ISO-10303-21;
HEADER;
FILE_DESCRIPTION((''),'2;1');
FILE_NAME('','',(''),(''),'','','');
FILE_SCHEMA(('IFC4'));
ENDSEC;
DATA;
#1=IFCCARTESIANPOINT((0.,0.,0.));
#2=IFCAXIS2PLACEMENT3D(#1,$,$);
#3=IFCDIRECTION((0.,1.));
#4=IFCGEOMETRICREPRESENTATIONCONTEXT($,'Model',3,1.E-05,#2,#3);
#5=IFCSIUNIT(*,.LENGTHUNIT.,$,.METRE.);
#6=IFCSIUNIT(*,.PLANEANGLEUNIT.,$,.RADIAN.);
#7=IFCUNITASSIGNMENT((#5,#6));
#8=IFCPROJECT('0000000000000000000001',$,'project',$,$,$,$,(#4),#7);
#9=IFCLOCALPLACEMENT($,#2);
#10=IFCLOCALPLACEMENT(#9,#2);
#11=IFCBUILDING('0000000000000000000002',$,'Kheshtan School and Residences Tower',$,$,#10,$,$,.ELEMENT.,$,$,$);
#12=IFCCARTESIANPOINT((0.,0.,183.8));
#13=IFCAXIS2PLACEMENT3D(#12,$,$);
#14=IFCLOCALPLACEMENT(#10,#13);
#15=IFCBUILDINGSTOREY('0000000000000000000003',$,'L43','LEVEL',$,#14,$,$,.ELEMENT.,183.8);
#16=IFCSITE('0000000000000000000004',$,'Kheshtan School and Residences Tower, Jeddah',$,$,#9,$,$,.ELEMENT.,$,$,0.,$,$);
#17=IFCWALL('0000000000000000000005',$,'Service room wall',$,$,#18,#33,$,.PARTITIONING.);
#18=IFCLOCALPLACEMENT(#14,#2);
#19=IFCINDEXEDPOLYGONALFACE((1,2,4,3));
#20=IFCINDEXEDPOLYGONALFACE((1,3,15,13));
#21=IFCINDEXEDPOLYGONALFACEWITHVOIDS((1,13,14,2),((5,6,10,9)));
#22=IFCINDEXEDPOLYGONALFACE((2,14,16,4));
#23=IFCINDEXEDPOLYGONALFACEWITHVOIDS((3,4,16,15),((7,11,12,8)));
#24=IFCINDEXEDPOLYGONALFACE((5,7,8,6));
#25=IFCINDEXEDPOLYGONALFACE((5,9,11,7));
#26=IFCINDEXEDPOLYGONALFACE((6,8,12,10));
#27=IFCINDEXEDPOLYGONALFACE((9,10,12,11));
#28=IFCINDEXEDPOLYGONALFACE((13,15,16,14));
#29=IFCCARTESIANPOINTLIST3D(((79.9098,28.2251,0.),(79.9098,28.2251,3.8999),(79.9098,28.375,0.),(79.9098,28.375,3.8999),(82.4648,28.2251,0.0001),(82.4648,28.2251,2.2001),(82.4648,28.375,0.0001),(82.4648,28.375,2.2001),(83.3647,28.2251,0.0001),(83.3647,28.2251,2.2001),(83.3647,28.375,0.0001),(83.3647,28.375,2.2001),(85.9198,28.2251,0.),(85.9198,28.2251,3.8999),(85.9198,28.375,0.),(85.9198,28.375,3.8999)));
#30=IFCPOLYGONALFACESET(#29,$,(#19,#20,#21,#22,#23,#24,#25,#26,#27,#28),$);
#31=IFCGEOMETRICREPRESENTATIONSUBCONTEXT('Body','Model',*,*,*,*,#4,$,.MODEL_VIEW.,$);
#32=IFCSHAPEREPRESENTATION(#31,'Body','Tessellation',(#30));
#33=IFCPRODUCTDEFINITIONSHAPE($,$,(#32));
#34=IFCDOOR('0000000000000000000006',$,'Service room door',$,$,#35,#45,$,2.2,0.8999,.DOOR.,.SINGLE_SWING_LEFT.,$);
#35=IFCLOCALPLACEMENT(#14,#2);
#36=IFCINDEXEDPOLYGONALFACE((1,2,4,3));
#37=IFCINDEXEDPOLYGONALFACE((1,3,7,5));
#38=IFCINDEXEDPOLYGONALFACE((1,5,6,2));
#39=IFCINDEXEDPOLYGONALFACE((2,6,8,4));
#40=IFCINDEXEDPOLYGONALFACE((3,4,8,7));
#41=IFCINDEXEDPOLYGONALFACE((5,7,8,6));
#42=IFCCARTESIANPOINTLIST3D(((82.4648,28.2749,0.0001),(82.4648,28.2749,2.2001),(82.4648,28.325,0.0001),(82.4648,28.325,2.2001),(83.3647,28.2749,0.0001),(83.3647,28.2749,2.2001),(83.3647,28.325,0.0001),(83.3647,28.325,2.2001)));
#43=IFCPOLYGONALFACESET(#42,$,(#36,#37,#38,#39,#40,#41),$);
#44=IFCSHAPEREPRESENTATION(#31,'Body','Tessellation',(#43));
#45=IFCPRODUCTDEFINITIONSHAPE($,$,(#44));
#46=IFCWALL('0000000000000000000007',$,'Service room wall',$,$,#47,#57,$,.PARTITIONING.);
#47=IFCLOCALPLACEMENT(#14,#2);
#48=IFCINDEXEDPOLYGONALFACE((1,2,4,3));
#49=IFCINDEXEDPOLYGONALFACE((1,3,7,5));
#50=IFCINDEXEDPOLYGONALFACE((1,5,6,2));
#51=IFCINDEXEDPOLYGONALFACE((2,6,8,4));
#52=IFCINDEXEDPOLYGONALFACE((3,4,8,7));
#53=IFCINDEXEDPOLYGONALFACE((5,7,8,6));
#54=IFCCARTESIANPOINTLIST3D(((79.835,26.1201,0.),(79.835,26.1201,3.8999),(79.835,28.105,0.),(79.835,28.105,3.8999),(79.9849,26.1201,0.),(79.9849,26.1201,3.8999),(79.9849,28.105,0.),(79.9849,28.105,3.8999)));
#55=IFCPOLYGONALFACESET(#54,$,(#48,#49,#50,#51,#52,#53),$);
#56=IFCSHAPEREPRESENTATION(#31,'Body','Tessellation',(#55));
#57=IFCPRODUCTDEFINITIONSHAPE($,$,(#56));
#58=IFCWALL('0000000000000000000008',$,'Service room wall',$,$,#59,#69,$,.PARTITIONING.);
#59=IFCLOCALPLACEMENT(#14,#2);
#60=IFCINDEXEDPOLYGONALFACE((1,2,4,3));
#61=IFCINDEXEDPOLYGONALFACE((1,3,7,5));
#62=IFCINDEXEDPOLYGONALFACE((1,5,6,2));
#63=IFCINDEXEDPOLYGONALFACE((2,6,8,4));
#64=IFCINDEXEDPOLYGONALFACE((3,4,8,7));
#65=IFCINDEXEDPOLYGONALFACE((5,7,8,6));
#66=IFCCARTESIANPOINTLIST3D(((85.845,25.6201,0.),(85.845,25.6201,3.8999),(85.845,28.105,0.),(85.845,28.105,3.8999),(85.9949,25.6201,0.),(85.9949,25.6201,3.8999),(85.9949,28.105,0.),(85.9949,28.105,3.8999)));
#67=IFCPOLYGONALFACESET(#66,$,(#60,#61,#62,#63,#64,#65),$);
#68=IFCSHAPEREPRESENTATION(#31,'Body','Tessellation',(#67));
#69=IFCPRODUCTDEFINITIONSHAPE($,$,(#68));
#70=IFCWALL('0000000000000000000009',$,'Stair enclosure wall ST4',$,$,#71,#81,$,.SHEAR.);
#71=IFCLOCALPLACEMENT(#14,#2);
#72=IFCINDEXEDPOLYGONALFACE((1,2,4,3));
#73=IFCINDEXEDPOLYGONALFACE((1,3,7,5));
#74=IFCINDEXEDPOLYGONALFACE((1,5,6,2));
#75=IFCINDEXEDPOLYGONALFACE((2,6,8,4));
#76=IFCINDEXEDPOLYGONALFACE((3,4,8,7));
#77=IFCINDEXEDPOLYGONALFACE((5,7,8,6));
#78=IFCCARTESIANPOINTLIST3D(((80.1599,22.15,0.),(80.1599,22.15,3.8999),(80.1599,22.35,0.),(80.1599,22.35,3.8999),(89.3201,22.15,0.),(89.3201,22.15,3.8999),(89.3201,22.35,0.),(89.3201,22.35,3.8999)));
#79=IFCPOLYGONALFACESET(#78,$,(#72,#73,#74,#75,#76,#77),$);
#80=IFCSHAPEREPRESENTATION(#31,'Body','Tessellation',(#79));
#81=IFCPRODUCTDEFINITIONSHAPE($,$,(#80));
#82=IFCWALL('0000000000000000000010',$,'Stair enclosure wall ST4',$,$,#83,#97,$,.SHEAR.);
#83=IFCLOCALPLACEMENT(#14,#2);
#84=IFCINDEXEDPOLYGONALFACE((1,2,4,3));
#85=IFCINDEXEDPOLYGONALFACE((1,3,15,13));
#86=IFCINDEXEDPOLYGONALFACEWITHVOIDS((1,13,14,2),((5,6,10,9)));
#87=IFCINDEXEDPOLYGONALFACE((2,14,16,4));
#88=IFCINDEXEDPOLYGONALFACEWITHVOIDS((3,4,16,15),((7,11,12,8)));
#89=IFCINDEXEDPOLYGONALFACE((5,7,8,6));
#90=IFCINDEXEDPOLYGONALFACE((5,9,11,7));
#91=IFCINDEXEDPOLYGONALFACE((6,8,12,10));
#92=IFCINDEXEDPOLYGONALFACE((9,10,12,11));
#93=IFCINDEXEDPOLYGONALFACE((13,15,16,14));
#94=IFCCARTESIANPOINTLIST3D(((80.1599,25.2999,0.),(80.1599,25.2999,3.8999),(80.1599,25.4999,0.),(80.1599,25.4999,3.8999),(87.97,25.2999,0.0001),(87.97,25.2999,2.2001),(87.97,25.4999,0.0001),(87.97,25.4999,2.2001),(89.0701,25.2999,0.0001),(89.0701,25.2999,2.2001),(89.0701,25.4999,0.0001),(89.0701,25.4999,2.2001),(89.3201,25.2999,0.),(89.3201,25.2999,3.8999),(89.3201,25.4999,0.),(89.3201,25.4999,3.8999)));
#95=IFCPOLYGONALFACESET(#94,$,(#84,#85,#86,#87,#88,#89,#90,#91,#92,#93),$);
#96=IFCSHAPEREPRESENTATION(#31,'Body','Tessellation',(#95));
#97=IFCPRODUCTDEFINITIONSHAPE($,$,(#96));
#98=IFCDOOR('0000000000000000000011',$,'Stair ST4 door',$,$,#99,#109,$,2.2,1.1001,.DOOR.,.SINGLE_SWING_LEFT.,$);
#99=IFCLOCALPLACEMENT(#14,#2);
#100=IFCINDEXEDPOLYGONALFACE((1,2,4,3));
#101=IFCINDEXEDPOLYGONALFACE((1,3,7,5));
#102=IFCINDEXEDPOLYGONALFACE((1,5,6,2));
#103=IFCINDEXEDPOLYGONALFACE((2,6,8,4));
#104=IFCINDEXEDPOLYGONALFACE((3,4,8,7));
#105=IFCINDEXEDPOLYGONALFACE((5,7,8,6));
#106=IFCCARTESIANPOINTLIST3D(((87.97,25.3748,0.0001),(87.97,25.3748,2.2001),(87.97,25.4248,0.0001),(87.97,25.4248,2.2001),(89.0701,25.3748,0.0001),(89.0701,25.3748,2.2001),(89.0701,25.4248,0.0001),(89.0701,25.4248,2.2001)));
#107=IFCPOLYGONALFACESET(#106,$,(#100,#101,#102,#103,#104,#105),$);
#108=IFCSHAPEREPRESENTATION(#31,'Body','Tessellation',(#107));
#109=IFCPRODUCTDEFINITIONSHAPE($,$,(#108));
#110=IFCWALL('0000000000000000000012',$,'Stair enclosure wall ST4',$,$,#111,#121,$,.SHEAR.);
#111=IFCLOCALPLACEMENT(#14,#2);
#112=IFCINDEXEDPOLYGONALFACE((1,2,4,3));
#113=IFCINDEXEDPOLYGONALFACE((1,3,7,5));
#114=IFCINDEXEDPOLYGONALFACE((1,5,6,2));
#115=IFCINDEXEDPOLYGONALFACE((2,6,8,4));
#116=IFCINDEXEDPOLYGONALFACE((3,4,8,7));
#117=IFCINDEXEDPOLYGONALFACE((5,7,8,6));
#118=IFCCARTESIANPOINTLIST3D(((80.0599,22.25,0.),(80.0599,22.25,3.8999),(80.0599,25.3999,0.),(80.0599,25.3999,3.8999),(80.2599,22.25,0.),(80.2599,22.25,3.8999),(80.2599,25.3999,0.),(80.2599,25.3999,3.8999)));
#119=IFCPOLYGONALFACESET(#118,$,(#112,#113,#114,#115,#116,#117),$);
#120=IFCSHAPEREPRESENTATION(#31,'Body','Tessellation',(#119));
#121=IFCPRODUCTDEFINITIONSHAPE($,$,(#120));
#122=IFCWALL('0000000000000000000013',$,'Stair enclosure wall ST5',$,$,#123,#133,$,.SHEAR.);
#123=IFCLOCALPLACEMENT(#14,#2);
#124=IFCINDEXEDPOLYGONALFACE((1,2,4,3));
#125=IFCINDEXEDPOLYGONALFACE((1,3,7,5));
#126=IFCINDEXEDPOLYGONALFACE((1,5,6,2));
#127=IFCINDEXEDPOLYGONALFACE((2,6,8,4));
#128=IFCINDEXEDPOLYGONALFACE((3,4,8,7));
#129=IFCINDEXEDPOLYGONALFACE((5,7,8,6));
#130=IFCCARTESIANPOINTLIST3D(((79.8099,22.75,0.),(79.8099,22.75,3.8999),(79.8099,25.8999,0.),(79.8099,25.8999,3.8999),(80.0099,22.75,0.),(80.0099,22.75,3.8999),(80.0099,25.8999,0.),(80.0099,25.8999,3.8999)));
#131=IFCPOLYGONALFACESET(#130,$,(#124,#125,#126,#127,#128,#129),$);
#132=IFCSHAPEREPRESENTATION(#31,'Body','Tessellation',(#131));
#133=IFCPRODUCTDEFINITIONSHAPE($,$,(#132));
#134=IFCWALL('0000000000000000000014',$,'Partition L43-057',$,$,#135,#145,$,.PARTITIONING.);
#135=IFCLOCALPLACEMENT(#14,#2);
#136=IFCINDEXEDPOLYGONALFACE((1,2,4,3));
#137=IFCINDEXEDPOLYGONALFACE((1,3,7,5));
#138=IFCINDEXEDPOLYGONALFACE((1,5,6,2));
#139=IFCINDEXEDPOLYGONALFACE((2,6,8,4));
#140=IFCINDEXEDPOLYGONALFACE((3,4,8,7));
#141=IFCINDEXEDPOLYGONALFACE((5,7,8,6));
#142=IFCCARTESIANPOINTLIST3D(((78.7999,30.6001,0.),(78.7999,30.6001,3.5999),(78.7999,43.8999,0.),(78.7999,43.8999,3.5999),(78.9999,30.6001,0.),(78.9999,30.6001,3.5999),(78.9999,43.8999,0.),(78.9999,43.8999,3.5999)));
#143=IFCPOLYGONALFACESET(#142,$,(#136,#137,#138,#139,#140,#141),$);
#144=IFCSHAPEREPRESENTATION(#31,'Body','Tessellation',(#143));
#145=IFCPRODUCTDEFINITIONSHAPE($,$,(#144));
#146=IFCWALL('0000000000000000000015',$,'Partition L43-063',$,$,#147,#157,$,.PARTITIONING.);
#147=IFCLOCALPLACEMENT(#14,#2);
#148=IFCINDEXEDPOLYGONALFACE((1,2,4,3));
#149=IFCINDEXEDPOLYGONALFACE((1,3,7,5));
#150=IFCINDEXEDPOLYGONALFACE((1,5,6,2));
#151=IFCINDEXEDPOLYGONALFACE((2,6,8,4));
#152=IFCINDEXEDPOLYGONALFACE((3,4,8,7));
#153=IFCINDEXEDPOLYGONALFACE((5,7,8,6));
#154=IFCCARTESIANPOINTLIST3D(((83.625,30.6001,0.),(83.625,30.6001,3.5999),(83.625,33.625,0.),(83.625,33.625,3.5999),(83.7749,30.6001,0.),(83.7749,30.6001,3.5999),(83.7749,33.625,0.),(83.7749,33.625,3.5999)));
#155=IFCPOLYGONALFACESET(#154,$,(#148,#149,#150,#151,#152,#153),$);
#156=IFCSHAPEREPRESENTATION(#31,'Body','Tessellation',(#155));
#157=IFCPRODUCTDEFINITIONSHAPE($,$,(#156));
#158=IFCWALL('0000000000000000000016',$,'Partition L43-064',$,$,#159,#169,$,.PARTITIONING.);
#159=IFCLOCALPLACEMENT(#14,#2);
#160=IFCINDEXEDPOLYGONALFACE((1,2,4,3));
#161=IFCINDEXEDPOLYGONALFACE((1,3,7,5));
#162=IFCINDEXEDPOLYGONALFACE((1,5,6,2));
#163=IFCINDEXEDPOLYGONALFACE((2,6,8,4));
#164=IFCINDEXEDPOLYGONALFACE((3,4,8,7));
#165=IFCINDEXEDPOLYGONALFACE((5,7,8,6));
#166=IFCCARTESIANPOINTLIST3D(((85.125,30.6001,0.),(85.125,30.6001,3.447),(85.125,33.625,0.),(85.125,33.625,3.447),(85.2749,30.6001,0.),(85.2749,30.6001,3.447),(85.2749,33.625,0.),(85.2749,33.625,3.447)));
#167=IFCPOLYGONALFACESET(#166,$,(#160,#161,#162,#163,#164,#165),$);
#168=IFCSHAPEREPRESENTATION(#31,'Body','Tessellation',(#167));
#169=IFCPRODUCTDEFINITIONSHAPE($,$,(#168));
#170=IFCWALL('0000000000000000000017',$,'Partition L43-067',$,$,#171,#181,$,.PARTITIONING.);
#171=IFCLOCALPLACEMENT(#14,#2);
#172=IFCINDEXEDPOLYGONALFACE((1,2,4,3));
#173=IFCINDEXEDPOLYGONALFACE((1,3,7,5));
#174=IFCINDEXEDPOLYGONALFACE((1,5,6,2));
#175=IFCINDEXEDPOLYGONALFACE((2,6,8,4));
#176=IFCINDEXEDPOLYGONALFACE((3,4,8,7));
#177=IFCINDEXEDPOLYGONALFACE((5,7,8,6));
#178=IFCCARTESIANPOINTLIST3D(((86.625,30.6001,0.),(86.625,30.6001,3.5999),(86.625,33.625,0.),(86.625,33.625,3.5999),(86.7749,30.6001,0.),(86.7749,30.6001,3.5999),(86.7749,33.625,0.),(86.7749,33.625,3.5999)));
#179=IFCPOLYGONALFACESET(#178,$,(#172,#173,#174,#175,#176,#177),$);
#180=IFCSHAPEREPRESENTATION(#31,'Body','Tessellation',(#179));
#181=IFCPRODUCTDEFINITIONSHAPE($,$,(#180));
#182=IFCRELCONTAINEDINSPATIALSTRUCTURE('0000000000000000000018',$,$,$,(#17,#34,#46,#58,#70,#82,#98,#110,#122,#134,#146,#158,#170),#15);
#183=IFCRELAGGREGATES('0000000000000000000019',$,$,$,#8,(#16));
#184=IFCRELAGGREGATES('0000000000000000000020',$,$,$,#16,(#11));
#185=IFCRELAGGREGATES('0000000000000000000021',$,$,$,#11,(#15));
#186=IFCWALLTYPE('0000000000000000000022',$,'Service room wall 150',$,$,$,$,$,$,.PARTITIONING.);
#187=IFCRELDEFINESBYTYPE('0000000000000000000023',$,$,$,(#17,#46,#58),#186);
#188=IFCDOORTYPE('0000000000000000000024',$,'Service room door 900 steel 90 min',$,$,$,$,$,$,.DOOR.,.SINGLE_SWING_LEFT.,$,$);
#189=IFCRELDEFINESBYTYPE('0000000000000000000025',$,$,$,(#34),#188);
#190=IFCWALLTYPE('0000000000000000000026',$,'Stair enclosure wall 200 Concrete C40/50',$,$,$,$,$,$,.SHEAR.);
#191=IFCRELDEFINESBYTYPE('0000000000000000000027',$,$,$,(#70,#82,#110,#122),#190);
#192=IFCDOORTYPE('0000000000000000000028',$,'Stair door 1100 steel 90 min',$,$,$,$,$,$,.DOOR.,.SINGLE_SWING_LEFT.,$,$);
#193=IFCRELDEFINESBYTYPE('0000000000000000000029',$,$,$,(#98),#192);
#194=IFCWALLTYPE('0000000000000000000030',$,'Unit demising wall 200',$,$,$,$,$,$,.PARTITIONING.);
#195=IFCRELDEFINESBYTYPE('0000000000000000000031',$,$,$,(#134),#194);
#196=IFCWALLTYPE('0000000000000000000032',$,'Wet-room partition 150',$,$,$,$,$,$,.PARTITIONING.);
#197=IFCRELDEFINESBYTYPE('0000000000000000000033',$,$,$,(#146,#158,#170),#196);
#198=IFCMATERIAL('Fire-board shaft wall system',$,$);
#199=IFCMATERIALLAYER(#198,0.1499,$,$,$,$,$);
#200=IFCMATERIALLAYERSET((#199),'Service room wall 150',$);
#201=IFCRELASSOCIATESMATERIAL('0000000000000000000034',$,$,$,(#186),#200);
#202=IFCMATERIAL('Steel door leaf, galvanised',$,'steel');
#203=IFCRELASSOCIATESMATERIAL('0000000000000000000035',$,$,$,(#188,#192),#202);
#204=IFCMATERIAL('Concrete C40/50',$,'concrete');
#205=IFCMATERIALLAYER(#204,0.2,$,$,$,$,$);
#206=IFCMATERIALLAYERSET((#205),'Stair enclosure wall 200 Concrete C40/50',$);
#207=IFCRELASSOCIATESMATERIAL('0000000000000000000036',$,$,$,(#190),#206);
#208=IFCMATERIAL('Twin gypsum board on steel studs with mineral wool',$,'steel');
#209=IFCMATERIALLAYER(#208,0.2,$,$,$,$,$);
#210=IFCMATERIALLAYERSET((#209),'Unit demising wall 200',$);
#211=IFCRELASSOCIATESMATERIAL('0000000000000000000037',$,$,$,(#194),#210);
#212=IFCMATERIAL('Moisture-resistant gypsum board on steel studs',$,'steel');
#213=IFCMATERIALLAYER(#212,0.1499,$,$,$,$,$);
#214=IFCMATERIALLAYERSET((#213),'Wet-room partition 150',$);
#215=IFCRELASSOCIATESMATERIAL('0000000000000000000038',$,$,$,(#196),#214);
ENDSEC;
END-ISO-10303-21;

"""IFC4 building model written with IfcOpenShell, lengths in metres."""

from ifc_helpers import new_model, si_unit, direction, frame, frame_2d, origin, place, context, subcontext, project, spatial, rectangle, extrude, source, transform, mapped, material, layer, layer_set, type_object, element, fill, save


model = new_model("IFC4")

# Units and contexts
model_context = context("Model", 3, precision=1e-05, world=origin(), true_north=direction((0.0, 1.0)))
body_context = subcontext(model_context, "Body", "Model", "MODEL_VIEW")
ifc_project = project(units=[si_unit("LENGTHUNIT", "METRE"), si_unit("PLANEANGLEUNIT", "RADIAN")], contexts=[model_context])

# Site, building, storey
site_placement = place(None, origin())
site = spatial("IfcSite", under=ifc_project, at=site_placement, Name="Kheshtan School and Residences Tower, Jeddah", CompositionType="ELEMENT", RefElevation=0.0)
building_placement = place(site_placement, origin())
building = spatial("IfcBuilding", under=site, at=building_placement, Name="Kheshtan School and Residences Tower", CompositionType="ELEMENT")
storey_placement = place(building_placement, frame((0.0, 0.0, 183.8)))
storey = spatial("IfcBuildingStorey", under=building, at=storey_placement, Name="L43", Description="LEVEL", CompositionType="ELEMENT", Elevation=183.8)

# Wall, opening, door
ifc_material_1 = material(Name="Fire-board shaft wall system")
ifc_layer_1 = layer(ifc_material_1, 0.1499)
ifc_layer_set_1 = layer_set([ifc_layer_1], Name="Service room wall 150")
wall_type_1 = type_object("IfcWallType", Name="Service room wall 150", PredefinedType="PARTITIONING", material=ifc_layer_set_1)
wall_1_placement = place(storey_placement, frame((79.9099, 28.3, 0.0), z_axis=(0.0, 0.0, 1.0), x_axis=(1.0, 0.0, 0.0)))
wall_1 = element("IfcWall", 1, at=wall_1_placement, inside=storey, type_object=wall_type_1, Name="Service room wall", PredefinedType="PARTITIONING", context=body_context, shape_type="SweptSolid", body=[
    extrude(rectangle(XDim=6.01, YDim=0.1499, at=frame_2d((3.0049, 0.0))), origin(), (0.0, 0.0, 1.0), 3.8999),
])
opening_1_placement = place(wall_1_placement, frame((2.5549, 0.0, 0.0)))
opening_1 = element("IfcOpeningElement", 2, at=opening_1_placement, cuts=wall_1, PredefinedType="OPENING", context=body_context, shape_type="SweptSolid", body=[
    extrude(rectangle(XDim=0.8999, YDim=2.2, at=frame_2d((0.45, 1.1001))), frame((0.0, 0.085, 0.0), z_axis=(0.0, -1.0, 0.0), x_axis=(1.0, 0.0, 0.0)), (0.0, 0.0, 1.0), 0.1699),
])
ifc_material_2 = material(Name="Steel door leaf, galvanised", Category="steel")
door_type_1 = type_object("IfcDoorType", Name="Service room door 900 steel 90 min", OperationType="SINGLE_SWING_LEFT", PredefinedType="DOOR", material=ifc_material_2)
shared_shape_1 = source(origin(), body_context, "Body", "SweptSolid", [
    extrude(rectangle(XDim=0.8999, YDim=2.2, at=frame_2d((0.45, 1.1001))), frame((0.0, 0.0249, 0.0), z_axis=(0.0, -1.0, 0.0), x_axis=(1.0, 0.0, 0.0)), (0.0, 0.0, 1.0), 0.05),
])
door_1_placement = place(opening_1_placement, origin())
door_1 = element("IfcDoor", 3, at=door_1_placement, inside=storey, type_object=door_type_1, Name="Service room door", OperationType="SINGLE_SWING_LEFT", OverallHeight=2.2, OverallWidth=0.8999, PredefinedType="DOOR", context=body_context, shape_type="MappedRepresentation", body=[
    mapped(shared_shape_1, transform((0.0, 0.0, 0.0), x_axis=(1.0, 0.0, 0.0), y_axis=(0.0, 1.0, 0.0), z_axis=(0.0, 0.0, 1.0), scale=1.0)),
])
fill(opening_1, door_1)

# Walls
wall_2_placement = place(storey_placement, frame((79.9099, 26.1201, 0.0), z_axis=(0.0, 0.0, 1.0), x_axis=(0.0, 1.0, 0.0)))
element("IfcWall", 4, at=wall_2_placement, inside=storey, type_object=wall_type_1, Name="Service room wall", PredefinedType="PARTITIONING", context=body_context, shape_type="SweptSolid", body=[
    extrude(rectangle(XDim=1.9849, YDim=0.1499, at=frame_2d((0.9924, 0.0))), origin(), (0.0, 0.0, 1.0), 3.8999),
])
wall_3_placement = place(storey_placement, frame((85.9199, 25.6201, 0.0), z_axis=(0.0, 0.0, 1.0), x_axis=(0.0, 1.0, 0.0)))
element("IfcWall", 5, at=wall_3_placement, inside=storey, type_object=wall_type_1, Name="Service room wall", PredefinedType="PARTITIONING", context=body_context, shape_type="SweptSolid", body=[
    extrude(rectangle(XDim=2.4849, YDim=0.1499, at=frame_2d((1.2424, 0.0))), origin(), (0.0, 0.0, 1.0), 3.8999),
])
ifc_material_3 = material(Name="Concrete C40/50", Category="concrete")
ifc_layer_2 = layer(ifc_material_3, 0.2)
ifc_layer_set_2 = layer_set([ifc_layer_2], Name="Stair enclosure wall 200 Concrete C40/50")
wall_type_2 = type_object("IfcWallType", Name="Stair enclosure wall 200 Concrete C40/50", PredefinedType="SHEAR", material=ifc_layer_set_2)
wall_4_placement = place(storey_placement, frame((80.1599, 22.25, 0.0), z_axis=(0.0, 0.0, 1.0), x_axis=(1.0, 0.0, 0.0)))
element("IfcWall", 6, at=wall_4_placement, inside=storey, type_object=wall_type_2, Name="Stair enclosure wall ST4", PredefinedType="SHEAR", context=body_context, shape_type="SweptSolid", body=[
    extrude(rectangle(XDim=9.1602, YDim=0.2, at=frame_2d((4.5801, 0.0))), origin(), (0.0, 0.0, 1.0), 3.8999),
])

# Wall, opening, door
wall_5_placement = place(storey_placement, frame((80.1599, 25.3999, 0.0), z_axis=(0.0, 0.0, 1.0), x_axis=(1.0, 0.0, 0.0)))
wall_5 = element("IfcWall", 7, at=wall_5_placement, inside=storey, type_object=wall_type_2, Name="Stair enclosure wall ST4", PredefinedType="SHEAR", context=body_context, shape_type="SweptSolid", body=[
    extrude(rectangle(XDim=9.1602, YDim=0.2, at=frame_2d((4.5801, 0.0))), origin(), (0.0, 0.0, 1.0), 3.8999),
])
opening_2_placement = place(wall_5_placement, frame((7.8101, 0.0, 0.0)))
opening_2 = element("IfcOpeningElement", 8, at=opening_2_placement, cuts=wall_5, PredefinedType="OPENING", context=body_context, shape_type="SweptSolid", body=[
    extrude(rectangle(XDim=1.1001, YDim=2.2, at=frame_2d((0.55, 1.1001))), frame((0.0, 0.1099, 0.0), z_axis=(0.0, -1.0, 0.0), x_axis=(1.0, 0.0, 0.0)), (0.0, 0.0, 1.0), 0.22),
])
door_type_2 = type_object("IfcDoorType", Name="Stair door 1100 steel 90 min", OperationType="SINGLE_SWING_LEFT", PredefinedType="DOOR", material=ifc_material_2)
shared_shape_2 = source(origin(), body_context, "Body", "SweptSolid", [
    extrude(rectangle(XDim=1.1001, YDim=2.2, at=frame_2d((0.55, 1.1001))), frame((0.0, 0.0249, 0.0), z_axis=(0.0, -1.0, 0.0), x_axis=(1.0, 0.0, 0.0)), (0.0, 0.0, 1.0), 0.05),
])
door_2_placement = place(opening_2_placement, origin())
door_2 = element("IfcDoor", 9, at=door_2_placement, inside=storey, type_object=door_type_2, Name="Stair ST4 door", OperationType="SINGLE_SWING_LEFT", OverallHeight=2.2, OverallWidth=1.1001, PredefinedType="DOOR", context=body_context, shape_type="MappedRepresentation", body=[
    mapped(shared_shape_2, transform((0.0, 0.0, 0.0), x_axis=(1.0, 0.0, 0.0), y_axis=(0.0, 1.0, 0.0), z_axis=(0.0, 0.0, 1.0), scale=1.0)),
])
fill(opening_2, door_2)

# Walls
for number, where, z_axis, x_axis, name in (
    (10, (80.1599, 22.25, 0.0), (0.0, 0.0, 1.0), (0.0, 1.0, 0.0), "Stair enclosure wall ST4"),
    (11, (79.9099, 22.75, 0.0), (0.0, 0.0, 1.0), (0.0, 1.0, 0.0), "Stair enclosure wall ST5"),
):
    element("IfcWall", number, at=place(storey_placement, frame(where, z_axis=z_axis, x_axis=x_axis)), inside=storey, type_object=wall_type_2, Name=name, PredefinedType="SHEAR", context=body_context, shape_type="SweptSolid", body=[
        extrude(rectangle(XDim=3.1499, YDim=0.2, at=frame_2d((1.575, 0.0))), origin(), (0.0, 0.0, 1.0), 3.8999),
    ])
ifc_material_4 = material(Name="Twin gypsum board on steel studs with mineral wool", Category="steel")
ifc_layer_3 = layer(ifc_material_4, 0.2)
ifc_layer_set_3 = layer_set([ifc_layer_3], Name="Unit demising wall 200")
wall_type_3 = type_object("IfcWallType", Name="Unit demising wall 200", PredefinedType="PARTITIONING", material=ifc_layer_set_3)
wall_6_placement = place(storey_placement, frame((78.8999, 30.6001, 0.0), z_axis=(0.0, 0.0, 1.0), x_axis=(0.0, 1.0, 0.0)))
element("IfcWall", 12, at=wall_6_placement, inside=storey, type_object=wall_type_3, Name="Partition L43-057", PredefinedType="PARTITIONING", context=body_context, shape_type="SweptSolid", body=[
    extrude(rectangle(XDim=13.2998, YDim=0.2, at=frame_2d((6.6499, 0.0))), origin(), (0.0, 0.0, 1.0), 3.5999),
])
ifc_material_5 = material(Name="Moisture-resistant gypsum board on steel studs", Category="steel")
ifc_layer_4 = layer(ifc_material_5, 0.1499)
ifc_layer_set_4 = layer_set([ifc_layer_4], Name="Wet-room partition 150")
wall_type_4 = type_object("IfcWallType", Name="Wet-room partition 150", PredefinedType="PARTITIONING", material=ifc_layer_set_4)
wall_7_placement = place(storey_placement, frame((83.7, 30.6001, 0.0), z_axis=(0.0, 0.0, 1.0), x_axis=(0.0, 1.0, 0.0)))
element("IfcWall", 13, at=wall_7_placement, inside=storey, type_object=wall_type_4, Name="Partition L43-063", PredefinedType="PARTITIONING", context=body_context, shape_type="SweptSolid", body=[
    extrude(rectangle(XDim=3.0249, YDim=0.1499, at=frame_2d((1.5125, 0.0))), origin(), (0.0, 0.0, 1.0), 3.5999),
])
wall_8_placement = place(storey_placement, frame((85.2, 30.6001, 0.0), z_axis=(0.0, 0.0, 1.0), x_axis=(0.0, 1.0, 0.0)))
element("IfcWall", 14, at=wall_8_placement, inside=storey, type_object=wall_type_4, Name="Partition L43-064", PredefinedType="PARTITIONING", context=body_context, shape_type="SweptSolid", body=[
    extrude(rectangle(XDim=3.0249, YDim=0.1499, at=frame_2d((1.5125, 0.0))), origin(), (0.0, 0.0, 1.0), 3.447),
])
wall_9_placement = place(storey_placement, frame((86.7, 30.6001, 0.0), z_axis=(0.0, 0.0, 1.0), x_axis=(0.0, 1.0, 0.0)))
element("IfcWall", 15, at=wall_9_placement, inside=storey, type_object=wall_type_4, Name="Partition L43-067", PredefinedType="PARTITIONING", context=body_context, shape_type="SweptSolid", body=[
    extrude(rectangle(XDim=3.0249, YDim=0.1499, at=frame_2d((1.5125, 0.0))), origin(), (0.0, 0.0, 1.0), 3.5999),
])

save(model, "model.ifc")
